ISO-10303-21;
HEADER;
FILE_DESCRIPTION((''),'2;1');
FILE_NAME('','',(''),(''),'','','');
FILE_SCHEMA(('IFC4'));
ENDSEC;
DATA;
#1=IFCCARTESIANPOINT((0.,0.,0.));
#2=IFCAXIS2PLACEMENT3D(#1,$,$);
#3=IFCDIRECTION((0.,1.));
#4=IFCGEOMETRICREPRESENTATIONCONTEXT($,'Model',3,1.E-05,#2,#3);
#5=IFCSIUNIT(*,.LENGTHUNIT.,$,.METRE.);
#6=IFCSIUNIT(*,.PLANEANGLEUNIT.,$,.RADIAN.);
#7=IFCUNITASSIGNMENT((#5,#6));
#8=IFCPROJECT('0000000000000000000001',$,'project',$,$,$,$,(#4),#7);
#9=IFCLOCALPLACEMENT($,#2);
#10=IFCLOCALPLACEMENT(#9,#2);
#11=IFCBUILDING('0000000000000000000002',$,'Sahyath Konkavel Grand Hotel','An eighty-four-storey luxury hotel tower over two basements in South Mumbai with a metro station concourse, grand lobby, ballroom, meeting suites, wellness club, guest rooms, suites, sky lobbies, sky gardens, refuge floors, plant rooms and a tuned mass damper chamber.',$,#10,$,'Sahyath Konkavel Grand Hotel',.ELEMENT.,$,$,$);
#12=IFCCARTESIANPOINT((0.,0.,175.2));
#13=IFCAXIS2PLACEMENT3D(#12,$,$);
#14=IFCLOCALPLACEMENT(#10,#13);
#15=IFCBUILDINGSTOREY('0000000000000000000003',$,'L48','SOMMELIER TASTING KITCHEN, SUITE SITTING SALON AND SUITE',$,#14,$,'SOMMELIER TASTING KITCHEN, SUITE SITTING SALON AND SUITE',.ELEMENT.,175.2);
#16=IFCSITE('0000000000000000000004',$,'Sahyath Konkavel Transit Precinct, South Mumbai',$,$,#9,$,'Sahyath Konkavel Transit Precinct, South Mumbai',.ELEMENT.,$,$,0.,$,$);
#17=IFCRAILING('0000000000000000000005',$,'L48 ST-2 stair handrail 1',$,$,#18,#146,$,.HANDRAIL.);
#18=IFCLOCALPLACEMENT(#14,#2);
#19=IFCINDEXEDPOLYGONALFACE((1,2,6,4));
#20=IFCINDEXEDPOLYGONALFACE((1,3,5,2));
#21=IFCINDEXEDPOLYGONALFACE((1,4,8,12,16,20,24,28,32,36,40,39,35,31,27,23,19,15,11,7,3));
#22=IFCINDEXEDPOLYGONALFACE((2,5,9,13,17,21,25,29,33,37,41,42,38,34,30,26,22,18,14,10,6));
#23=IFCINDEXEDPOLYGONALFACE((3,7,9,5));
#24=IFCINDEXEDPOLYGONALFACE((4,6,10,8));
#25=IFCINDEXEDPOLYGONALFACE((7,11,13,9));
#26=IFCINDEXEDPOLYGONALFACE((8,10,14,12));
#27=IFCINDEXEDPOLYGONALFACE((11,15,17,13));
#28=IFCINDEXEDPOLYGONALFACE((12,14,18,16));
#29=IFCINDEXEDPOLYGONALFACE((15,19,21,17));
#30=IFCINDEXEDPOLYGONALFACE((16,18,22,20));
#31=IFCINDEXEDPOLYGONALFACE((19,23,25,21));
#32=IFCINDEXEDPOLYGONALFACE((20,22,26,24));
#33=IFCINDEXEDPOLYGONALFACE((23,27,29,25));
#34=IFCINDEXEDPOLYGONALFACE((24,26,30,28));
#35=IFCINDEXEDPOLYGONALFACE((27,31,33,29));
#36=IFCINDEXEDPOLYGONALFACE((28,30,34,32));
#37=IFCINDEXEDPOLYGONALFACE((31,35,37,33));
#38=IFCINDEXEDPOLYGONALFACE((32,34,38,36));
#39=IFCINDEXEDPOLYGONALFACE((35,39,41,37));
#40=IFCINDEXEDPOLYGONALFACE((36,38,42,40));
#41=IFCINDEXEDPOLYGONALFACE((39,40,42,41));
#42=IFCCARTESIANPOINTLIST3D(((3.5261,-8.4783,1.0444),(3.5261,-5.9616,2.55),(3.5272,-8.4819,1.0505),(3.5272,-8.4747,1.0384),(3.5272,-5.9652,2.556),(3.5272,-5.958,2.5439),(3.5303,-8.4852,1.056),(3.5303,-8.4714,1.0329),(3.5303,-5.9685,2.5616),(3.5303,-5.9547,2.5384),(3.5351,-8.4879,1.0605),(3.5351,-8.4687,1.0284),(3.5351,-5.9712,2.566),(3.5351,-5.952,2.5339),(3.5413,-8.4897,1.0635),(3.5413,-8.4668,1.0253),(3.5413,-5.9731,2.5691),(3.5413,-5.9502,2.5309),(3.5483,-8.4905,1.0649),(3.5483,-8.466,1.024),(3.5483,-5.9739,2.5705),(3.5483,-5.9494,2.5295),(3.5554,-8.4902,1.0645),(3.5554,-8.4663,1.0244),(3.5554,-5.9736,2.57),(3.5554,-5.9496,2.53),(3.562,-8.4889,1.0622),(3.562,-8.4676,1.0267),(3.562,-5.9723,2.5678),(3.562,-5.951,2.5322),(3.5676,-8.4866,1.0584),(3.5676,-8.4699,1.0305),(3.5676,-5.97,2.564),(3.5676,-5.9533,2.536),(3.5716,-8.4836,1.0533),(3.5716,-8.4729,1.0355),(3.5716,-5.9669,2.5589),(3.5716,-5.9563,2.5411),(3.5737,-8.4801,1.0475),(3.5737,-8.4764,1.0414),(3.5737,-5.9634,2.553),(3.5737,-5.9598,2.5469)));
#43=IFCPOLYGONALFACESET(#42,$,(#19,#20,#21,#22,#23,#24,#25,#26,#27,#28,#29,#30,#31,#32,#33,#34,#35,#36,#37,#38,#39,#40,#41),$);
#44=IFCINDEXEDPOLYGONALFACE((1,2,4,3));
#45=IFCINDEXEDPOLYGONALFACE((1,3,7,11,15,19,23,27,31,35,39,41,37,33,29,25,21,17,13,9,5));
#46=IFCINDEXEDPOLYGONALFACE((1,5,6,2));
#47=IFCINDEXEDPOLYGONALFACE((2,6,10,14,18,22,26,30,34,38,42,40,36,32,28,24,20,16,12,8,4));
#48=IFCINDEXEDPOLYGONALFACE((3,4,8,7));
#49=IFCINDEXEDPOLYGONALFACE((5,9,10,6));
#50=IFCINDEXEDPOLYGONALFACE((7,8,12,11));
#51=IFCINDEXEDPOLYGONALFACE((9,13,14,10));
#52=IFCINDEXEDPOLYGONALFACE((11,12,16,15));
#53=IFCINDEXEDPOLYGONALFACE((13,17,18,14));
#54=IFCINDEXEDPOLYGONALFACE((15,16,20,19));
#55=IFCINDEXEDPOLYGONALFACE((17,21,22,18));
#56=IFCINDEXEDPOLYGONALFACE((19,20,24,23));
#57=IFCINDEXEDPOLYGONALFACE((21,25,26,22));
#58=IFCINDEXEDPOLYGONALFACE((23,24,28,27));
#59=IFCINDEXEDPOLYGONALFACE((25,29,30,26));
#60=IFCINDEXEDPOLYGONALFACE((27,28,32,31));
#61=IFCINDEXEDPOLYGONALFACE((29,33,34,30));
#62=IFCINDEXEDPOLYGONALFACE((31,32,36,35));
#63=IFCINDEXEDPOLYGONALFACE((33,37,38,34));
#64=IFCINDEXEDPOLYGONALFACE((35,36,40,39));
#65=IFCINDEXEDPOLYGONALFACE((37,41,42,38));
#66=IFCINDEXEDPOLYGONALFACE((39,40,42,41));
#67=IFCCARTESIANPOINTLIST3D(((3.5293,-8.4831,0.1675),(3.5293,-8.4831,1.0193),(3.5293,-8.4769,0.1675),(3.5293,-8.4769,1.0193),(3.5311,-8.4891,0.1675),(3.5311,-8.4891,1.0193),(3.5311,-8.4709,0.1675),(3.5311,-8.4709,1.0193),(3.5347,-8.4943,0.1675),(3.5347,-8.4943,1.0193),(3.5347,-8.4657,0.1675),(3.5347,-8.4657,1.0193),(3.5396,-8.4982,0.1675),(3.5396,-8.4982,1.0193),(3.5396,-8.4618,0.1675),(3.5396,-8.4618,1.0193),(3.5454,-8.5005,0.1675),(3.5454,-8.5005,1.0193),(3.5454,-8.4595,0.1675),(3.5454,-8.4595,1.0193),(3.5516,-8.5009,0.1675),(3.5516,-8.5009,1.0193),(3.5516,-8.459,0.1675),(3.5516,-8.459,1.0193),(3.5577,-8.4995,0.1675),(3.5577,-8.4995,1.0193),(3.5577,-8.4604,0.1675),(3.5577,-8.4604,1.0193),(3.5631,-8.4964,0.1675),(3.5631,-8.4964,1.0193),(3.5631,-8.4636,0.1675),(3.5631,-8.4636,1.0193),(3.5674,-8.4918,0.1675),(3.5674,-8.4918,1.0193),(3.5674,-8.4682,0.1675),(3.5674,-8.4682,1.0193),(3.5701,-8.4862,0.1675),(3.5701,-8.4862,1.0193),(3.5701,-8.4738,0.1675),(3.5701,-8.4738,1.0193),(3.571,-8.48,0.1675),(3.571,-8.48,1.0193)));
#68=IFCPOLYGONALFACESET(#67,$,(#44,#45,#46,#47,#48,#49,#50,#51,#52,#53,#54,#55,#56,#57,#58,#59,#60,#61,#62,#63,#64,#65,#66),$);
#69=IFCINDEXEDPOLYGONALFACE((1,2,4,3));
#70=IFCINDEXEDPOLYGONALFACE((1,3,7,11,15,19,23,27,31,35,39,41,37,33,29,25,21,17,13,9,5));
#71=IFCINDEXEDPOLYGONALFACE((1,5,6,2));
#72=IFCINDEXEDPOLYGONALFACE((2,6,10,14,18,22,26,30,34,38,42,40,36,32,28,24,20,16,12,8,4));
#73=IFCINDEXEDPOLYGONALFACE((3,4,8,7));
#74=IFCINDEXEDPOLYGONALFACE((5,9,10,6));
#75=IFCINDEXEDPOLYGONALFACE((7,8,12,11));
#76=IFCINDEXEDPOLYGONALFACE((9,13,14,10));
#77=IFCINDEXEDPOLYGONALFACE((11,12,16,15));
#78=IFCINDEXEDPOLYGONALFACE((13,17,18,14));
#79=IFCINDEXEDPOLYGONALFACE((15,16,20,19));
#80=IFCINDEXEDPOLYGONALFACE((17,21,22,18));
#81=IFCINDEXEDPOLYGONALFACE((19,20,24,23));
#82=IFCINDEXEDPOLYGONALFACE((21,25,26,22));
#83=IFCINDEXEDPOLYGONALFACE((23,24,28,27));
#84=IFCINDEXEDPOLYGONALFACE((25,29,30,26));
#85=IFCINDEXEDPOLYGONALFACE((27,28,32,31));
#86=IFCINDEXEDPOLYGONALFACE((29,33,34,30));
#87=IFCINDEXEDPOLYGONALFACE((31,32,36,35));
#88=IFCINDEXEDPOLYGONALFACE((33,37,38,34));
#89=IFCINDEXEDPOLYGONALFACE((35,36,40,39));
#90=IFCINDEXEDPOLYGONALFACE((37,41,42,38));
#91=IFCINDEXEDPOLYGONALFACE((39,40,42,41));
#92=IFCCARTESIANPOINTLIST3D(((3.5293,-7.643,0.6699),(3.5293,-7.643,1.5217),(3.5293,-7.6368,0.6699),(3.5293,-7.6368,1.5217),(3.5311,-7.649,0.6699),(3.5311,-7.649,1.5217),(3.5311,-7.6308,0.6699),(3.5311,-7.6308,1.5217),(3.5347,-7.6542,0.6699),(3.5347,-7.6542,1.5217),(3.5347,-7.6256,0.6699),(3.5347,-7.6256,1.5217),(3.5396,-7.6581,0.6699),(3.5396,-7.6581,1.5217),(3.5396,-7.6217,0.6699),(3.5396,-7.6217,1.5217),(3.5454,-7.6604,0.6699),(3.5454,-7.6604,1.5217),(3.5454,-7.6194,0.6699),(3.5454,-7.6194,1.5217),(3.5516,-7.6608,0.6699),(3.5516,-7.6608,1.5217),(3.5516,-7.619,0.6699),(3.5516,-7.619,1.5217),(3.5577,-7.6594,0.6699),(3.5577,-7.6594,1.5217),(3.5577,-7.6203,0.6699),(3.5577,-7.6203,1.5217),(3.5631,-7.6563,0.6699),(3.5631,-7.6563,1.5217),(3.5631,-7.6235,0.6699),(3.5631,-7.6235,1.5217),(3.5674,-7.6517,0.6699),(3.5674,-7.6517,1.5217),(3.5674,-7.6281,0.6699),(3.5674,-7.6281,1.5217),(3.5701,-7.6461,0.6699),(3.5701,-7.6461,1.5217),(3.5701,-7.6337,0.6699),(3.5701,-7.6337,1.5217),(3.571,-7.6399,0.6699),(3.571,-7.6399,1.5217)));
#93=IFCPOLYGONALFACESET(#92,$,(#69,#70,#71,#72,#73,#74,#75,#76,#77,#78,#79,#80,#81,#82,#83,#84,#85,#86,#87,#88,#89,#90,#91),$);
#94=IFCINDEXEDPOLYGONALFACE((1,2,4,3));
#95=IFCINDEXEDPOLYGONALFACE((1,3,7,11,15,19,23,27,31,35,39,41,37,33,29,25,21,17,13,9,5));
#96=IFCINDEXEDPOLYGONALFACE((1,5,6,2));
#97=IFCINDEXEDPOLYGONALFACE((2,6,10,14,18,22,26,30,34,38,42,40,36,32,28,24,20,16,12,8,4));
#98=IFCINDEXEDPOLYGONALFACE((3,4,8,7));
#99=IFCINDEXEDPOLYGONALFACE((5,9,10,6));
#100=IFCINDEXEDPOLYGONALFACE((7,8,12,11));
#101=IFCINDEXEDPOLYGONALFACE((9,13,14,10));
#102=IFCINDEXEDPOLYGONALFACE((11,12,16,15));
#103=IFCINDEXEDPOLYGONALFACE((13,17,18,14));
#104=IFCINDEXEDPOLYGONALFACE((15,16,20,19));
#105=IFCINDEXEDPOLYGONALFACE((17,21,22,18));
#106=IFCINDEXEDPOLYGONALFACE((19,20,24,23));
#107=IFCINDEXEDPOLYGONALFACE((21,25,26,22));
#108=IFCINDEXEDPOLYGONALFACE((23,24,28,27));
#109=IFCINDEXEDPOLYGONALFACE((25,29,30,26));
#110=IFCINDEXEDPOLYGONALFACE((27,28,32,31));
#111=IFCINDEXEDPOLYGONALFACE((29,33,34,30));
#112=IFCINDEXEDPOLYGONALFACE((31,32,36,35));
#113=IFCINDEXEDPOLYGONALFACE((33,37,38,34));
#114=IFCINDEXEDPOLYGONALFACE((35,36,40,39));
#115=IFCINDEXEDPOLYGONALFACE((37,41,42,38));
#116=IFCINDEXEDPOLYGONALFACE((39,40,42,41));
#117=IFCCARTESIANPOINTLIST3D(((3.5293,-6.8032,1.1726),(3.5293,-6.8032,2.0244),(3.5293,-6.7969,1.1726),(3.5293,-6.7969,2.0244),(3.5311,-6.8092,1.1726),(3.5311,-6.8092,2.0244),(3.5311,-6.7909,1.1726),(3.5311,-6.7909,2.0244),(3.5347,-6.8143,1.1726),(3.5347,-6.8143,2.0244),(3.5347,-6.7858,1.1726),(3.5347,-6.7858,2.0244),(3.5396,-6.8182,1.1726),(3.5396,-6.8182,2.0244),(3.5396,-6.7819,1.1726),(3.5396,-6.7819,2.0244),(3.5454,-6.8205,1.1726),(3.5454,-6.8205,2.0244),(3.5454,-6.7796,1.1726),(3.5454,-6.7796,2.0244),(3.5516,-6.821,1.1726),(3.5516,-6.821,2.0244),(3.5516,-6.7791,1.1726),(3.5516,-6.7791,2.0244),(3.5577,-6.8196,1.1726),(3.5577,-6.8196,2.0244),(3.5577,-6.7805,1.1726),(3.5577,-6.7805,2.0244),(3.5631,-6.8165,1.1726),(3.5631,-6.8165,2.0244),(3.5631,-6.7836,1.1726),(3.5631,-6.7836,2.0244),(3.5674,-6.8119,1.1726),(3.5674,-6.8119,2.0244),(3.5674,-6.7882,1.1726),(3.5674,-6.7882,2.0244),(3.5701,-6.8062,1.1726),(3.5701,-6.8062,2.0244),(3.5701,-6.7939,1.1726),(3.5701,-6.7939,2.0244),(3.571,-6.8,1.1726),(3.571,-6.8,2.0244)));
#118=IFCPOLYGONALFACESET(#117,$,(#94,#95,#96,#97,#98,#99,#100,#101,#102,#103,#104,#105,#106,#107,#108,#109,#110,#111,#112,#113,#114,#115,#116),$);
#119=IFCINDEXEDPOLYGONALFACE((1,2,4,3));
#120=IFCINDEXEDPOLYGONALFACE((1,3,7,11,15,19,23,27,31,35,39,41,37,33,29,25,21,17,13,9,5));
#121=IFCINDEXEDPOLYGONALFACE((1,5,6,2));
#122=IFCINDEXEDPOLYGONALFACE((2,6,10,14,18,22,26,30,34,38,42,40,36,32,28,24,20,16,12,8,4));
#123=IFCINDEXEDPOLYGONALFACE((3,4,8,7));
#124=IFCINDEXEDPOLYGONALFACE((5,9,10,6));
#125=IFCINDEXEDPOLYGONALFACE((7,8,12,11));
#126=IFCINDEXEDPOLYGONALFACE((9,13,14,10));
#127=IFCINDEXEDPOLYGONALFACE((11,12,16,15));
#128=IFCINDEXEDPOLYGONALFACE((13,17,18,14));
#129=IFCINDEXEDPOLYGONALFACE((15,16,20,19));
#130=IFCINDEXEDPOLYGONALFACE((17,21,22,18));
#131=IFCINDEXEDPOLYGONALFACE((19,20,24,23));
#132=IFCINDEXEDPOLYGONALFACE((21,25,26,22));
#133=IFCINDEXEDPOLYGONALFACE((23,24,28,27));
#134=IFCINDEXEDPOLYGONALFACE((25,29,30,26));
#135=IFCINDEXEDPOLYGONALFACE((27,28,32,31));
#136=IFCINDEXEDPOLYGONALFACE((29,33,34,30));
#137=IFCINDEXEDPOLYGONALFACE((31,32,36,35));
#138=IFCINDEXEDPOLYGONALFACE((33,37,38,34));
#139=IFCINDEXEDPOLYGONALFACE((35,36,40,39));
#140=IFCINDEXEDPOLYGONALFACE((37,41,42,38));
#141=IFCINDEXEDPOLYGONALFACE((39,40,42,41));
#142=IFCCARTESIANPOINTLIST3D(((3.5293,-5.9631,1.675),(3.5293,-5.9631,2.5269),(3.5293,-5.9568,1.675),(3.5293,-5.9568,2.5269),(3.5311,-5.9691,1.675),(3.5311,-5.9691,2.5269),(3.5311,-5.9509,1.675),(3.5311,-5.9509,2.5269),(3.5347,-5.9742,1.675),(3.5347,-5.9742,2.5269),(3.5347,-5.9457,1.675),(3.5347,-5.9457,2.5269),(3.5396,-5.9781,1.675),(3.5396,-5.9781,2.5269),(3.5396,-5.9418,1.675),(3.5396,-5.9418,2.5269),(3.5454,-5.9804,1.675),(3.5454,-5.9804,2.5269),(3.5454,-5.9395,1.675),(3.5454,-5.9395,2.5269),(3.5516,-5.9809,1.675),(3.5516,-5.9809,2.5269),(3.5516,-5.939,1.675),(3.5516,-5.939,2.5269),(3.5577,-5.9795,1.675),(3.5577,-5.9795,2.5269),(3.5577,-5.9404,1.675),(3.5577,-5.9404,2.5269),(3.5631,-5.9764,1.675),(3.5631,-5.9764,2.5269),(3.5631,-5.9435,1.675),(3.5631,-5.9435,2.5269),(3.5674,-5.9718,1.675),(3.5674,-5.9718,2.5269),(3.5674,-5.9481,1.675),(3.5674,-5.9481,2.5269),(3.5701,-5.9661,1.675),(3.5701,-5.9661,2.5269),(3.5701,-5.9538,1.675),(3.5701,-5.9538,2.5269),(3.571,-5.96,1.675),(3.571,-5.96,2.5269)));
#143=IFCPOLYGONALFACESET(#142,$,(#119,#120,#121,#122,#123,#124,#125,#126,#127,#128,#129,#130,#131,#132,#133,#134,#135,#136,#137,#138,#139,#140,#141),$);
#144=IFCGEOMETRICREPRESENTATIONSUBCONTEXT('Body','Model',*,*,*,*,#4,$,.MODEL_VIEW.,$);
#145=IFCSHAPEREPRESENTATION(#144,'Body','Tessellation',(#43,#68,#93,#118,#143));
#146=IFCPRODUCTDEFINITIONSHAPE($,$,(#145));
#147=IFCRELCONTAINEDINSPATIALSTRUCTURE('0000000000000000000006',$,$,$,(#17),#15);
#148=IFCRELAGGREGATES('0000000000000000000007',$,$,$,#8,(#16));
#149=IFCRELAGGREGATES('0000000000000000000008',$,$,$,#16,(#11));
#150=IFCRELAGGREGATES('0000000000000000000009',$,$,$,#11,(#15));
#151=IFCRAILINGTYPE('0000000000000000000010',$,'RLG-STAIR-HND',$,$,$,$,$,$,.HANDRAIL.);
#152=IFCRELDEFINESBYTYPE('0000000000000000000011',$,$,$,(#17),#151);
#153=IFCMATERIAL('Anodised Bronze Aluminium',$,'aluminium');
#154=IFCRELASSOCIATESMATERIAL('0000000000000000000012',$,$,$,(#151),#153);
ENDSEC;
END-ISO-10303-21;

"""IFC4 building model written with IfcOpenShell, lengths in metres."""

from ifc_helpers import new_model, si_unit, direction, frame, origin, origin_2d, place, context, subcontext, project, spatial, circle, extrude, material, type_object, element, save


model = new_model("IFC4")

# Units and contexts
model_context = context("Model", 3, precision=1e-05, world=origin(), true_north=direction((0.0, 1.0)))
body_context = subcontext(model_context, "Body", "Model", "MODEL_VIEW")
ifc_project = project(units=[si_unit("LENGTHUNIT", "METRE"), si_unit("PLANEANGLEUNIT", "RADIAN")], contexts=[model_context])

# Site, building, storey
site_placement = place(None, origin())
site = spatial("IfcSite", under=ifc_project, at=site_placement, Name="Sahyath Konkavel Transit Precinct, South Mumbai", LongName="Sahyath Konkavel Transit Precinct, South Mumbai", CompositionType="ELEMENT", RefElevation=0.0)
building_placement = place(site_placement, origin())
building = spatial("IfcBuilding", under=site, at=building_placement, Name="Sahyath Konkavel Grand Hotel", Description="An eighty-four-storey luxury hotel tower over two basements in South Mumbai with a metro station concourse, grand lobby, ballroom, meeting suites, wellness club, guest rooms, suites, sky lobbies, sky gardens, refuge floors, plant rooms and a tuned mass damper chamber.", LongName="Sahyath Konkavel Grand Hotel", CompositionType="ELEMENT")
storey_placement = place(building_placement, frame((0.0, 0.0, 175.2)))
storey = spatial("IfcBuildingStorey", under=building, at=storey_placement, Name="L48", Description="SOMMELIER TASTING KITCHEN, SUITE SITTING SALON AND SUITE", LongName="SOMMELIER TASTING KITCHEN, SUITE SITTING SALON AND SUITE", CompositionType="ELEMENT", Elevation=175.2)

# Shared definitions
ifc_material_1 = material(Name="Anodised Bronze Aluminium", Category="aluminium")

# Railing
railing_type_1 = type_object("IfcRailingType", Name="RLG-STAIR-HND", PredefinedType="HANDRAIL", material=ifc_material_1)
railing_1_placement = place(storey_placement, frame((3.55, -8.48, 0.1675)))
element("IfcRailing", 1, at=railing_1_placement, inside=storey, type_object=railing_type_1, Name="L48 ST-2 stair handrail 1", PredefinedType="HANDRAIL", context=body_context, shape_type="SweptSolid", body=[
    extrude(circle(Radius=0.0239, at=origin_2d()), frame((0.0, 0.0017, 0.877), z_axis=(0.0, 0.85816, 0.513383), x_axis=(-1.0, 0.0, 0.0)), (0.0, 0.0, 1.0), 2.9326),
    extrude(circle(Radius=0.021, at=origin_2d()), origin(), (0.0, 0.0, 1.0), 0.8518),
    extrude(circle(Radius=0.021, at=origin_2d()), frame((0.0, 0.8401, 0.5024)), (0.0, 0.0, 1.0), 0.8518),
    extrude(circle(Radius=0.021, at=origin_2d()), frame((0.0, 1.6799, 1.0051)), (0.0, 0.0, 1.0), 0.8518),
    extrude(circle(Radius=0.021, at=origin_2d()), frame((0.0, 2.52, 1.5076)), (0.0, 0.0, 1.0), 0.8518),
])

save(model, "model.ifc")
